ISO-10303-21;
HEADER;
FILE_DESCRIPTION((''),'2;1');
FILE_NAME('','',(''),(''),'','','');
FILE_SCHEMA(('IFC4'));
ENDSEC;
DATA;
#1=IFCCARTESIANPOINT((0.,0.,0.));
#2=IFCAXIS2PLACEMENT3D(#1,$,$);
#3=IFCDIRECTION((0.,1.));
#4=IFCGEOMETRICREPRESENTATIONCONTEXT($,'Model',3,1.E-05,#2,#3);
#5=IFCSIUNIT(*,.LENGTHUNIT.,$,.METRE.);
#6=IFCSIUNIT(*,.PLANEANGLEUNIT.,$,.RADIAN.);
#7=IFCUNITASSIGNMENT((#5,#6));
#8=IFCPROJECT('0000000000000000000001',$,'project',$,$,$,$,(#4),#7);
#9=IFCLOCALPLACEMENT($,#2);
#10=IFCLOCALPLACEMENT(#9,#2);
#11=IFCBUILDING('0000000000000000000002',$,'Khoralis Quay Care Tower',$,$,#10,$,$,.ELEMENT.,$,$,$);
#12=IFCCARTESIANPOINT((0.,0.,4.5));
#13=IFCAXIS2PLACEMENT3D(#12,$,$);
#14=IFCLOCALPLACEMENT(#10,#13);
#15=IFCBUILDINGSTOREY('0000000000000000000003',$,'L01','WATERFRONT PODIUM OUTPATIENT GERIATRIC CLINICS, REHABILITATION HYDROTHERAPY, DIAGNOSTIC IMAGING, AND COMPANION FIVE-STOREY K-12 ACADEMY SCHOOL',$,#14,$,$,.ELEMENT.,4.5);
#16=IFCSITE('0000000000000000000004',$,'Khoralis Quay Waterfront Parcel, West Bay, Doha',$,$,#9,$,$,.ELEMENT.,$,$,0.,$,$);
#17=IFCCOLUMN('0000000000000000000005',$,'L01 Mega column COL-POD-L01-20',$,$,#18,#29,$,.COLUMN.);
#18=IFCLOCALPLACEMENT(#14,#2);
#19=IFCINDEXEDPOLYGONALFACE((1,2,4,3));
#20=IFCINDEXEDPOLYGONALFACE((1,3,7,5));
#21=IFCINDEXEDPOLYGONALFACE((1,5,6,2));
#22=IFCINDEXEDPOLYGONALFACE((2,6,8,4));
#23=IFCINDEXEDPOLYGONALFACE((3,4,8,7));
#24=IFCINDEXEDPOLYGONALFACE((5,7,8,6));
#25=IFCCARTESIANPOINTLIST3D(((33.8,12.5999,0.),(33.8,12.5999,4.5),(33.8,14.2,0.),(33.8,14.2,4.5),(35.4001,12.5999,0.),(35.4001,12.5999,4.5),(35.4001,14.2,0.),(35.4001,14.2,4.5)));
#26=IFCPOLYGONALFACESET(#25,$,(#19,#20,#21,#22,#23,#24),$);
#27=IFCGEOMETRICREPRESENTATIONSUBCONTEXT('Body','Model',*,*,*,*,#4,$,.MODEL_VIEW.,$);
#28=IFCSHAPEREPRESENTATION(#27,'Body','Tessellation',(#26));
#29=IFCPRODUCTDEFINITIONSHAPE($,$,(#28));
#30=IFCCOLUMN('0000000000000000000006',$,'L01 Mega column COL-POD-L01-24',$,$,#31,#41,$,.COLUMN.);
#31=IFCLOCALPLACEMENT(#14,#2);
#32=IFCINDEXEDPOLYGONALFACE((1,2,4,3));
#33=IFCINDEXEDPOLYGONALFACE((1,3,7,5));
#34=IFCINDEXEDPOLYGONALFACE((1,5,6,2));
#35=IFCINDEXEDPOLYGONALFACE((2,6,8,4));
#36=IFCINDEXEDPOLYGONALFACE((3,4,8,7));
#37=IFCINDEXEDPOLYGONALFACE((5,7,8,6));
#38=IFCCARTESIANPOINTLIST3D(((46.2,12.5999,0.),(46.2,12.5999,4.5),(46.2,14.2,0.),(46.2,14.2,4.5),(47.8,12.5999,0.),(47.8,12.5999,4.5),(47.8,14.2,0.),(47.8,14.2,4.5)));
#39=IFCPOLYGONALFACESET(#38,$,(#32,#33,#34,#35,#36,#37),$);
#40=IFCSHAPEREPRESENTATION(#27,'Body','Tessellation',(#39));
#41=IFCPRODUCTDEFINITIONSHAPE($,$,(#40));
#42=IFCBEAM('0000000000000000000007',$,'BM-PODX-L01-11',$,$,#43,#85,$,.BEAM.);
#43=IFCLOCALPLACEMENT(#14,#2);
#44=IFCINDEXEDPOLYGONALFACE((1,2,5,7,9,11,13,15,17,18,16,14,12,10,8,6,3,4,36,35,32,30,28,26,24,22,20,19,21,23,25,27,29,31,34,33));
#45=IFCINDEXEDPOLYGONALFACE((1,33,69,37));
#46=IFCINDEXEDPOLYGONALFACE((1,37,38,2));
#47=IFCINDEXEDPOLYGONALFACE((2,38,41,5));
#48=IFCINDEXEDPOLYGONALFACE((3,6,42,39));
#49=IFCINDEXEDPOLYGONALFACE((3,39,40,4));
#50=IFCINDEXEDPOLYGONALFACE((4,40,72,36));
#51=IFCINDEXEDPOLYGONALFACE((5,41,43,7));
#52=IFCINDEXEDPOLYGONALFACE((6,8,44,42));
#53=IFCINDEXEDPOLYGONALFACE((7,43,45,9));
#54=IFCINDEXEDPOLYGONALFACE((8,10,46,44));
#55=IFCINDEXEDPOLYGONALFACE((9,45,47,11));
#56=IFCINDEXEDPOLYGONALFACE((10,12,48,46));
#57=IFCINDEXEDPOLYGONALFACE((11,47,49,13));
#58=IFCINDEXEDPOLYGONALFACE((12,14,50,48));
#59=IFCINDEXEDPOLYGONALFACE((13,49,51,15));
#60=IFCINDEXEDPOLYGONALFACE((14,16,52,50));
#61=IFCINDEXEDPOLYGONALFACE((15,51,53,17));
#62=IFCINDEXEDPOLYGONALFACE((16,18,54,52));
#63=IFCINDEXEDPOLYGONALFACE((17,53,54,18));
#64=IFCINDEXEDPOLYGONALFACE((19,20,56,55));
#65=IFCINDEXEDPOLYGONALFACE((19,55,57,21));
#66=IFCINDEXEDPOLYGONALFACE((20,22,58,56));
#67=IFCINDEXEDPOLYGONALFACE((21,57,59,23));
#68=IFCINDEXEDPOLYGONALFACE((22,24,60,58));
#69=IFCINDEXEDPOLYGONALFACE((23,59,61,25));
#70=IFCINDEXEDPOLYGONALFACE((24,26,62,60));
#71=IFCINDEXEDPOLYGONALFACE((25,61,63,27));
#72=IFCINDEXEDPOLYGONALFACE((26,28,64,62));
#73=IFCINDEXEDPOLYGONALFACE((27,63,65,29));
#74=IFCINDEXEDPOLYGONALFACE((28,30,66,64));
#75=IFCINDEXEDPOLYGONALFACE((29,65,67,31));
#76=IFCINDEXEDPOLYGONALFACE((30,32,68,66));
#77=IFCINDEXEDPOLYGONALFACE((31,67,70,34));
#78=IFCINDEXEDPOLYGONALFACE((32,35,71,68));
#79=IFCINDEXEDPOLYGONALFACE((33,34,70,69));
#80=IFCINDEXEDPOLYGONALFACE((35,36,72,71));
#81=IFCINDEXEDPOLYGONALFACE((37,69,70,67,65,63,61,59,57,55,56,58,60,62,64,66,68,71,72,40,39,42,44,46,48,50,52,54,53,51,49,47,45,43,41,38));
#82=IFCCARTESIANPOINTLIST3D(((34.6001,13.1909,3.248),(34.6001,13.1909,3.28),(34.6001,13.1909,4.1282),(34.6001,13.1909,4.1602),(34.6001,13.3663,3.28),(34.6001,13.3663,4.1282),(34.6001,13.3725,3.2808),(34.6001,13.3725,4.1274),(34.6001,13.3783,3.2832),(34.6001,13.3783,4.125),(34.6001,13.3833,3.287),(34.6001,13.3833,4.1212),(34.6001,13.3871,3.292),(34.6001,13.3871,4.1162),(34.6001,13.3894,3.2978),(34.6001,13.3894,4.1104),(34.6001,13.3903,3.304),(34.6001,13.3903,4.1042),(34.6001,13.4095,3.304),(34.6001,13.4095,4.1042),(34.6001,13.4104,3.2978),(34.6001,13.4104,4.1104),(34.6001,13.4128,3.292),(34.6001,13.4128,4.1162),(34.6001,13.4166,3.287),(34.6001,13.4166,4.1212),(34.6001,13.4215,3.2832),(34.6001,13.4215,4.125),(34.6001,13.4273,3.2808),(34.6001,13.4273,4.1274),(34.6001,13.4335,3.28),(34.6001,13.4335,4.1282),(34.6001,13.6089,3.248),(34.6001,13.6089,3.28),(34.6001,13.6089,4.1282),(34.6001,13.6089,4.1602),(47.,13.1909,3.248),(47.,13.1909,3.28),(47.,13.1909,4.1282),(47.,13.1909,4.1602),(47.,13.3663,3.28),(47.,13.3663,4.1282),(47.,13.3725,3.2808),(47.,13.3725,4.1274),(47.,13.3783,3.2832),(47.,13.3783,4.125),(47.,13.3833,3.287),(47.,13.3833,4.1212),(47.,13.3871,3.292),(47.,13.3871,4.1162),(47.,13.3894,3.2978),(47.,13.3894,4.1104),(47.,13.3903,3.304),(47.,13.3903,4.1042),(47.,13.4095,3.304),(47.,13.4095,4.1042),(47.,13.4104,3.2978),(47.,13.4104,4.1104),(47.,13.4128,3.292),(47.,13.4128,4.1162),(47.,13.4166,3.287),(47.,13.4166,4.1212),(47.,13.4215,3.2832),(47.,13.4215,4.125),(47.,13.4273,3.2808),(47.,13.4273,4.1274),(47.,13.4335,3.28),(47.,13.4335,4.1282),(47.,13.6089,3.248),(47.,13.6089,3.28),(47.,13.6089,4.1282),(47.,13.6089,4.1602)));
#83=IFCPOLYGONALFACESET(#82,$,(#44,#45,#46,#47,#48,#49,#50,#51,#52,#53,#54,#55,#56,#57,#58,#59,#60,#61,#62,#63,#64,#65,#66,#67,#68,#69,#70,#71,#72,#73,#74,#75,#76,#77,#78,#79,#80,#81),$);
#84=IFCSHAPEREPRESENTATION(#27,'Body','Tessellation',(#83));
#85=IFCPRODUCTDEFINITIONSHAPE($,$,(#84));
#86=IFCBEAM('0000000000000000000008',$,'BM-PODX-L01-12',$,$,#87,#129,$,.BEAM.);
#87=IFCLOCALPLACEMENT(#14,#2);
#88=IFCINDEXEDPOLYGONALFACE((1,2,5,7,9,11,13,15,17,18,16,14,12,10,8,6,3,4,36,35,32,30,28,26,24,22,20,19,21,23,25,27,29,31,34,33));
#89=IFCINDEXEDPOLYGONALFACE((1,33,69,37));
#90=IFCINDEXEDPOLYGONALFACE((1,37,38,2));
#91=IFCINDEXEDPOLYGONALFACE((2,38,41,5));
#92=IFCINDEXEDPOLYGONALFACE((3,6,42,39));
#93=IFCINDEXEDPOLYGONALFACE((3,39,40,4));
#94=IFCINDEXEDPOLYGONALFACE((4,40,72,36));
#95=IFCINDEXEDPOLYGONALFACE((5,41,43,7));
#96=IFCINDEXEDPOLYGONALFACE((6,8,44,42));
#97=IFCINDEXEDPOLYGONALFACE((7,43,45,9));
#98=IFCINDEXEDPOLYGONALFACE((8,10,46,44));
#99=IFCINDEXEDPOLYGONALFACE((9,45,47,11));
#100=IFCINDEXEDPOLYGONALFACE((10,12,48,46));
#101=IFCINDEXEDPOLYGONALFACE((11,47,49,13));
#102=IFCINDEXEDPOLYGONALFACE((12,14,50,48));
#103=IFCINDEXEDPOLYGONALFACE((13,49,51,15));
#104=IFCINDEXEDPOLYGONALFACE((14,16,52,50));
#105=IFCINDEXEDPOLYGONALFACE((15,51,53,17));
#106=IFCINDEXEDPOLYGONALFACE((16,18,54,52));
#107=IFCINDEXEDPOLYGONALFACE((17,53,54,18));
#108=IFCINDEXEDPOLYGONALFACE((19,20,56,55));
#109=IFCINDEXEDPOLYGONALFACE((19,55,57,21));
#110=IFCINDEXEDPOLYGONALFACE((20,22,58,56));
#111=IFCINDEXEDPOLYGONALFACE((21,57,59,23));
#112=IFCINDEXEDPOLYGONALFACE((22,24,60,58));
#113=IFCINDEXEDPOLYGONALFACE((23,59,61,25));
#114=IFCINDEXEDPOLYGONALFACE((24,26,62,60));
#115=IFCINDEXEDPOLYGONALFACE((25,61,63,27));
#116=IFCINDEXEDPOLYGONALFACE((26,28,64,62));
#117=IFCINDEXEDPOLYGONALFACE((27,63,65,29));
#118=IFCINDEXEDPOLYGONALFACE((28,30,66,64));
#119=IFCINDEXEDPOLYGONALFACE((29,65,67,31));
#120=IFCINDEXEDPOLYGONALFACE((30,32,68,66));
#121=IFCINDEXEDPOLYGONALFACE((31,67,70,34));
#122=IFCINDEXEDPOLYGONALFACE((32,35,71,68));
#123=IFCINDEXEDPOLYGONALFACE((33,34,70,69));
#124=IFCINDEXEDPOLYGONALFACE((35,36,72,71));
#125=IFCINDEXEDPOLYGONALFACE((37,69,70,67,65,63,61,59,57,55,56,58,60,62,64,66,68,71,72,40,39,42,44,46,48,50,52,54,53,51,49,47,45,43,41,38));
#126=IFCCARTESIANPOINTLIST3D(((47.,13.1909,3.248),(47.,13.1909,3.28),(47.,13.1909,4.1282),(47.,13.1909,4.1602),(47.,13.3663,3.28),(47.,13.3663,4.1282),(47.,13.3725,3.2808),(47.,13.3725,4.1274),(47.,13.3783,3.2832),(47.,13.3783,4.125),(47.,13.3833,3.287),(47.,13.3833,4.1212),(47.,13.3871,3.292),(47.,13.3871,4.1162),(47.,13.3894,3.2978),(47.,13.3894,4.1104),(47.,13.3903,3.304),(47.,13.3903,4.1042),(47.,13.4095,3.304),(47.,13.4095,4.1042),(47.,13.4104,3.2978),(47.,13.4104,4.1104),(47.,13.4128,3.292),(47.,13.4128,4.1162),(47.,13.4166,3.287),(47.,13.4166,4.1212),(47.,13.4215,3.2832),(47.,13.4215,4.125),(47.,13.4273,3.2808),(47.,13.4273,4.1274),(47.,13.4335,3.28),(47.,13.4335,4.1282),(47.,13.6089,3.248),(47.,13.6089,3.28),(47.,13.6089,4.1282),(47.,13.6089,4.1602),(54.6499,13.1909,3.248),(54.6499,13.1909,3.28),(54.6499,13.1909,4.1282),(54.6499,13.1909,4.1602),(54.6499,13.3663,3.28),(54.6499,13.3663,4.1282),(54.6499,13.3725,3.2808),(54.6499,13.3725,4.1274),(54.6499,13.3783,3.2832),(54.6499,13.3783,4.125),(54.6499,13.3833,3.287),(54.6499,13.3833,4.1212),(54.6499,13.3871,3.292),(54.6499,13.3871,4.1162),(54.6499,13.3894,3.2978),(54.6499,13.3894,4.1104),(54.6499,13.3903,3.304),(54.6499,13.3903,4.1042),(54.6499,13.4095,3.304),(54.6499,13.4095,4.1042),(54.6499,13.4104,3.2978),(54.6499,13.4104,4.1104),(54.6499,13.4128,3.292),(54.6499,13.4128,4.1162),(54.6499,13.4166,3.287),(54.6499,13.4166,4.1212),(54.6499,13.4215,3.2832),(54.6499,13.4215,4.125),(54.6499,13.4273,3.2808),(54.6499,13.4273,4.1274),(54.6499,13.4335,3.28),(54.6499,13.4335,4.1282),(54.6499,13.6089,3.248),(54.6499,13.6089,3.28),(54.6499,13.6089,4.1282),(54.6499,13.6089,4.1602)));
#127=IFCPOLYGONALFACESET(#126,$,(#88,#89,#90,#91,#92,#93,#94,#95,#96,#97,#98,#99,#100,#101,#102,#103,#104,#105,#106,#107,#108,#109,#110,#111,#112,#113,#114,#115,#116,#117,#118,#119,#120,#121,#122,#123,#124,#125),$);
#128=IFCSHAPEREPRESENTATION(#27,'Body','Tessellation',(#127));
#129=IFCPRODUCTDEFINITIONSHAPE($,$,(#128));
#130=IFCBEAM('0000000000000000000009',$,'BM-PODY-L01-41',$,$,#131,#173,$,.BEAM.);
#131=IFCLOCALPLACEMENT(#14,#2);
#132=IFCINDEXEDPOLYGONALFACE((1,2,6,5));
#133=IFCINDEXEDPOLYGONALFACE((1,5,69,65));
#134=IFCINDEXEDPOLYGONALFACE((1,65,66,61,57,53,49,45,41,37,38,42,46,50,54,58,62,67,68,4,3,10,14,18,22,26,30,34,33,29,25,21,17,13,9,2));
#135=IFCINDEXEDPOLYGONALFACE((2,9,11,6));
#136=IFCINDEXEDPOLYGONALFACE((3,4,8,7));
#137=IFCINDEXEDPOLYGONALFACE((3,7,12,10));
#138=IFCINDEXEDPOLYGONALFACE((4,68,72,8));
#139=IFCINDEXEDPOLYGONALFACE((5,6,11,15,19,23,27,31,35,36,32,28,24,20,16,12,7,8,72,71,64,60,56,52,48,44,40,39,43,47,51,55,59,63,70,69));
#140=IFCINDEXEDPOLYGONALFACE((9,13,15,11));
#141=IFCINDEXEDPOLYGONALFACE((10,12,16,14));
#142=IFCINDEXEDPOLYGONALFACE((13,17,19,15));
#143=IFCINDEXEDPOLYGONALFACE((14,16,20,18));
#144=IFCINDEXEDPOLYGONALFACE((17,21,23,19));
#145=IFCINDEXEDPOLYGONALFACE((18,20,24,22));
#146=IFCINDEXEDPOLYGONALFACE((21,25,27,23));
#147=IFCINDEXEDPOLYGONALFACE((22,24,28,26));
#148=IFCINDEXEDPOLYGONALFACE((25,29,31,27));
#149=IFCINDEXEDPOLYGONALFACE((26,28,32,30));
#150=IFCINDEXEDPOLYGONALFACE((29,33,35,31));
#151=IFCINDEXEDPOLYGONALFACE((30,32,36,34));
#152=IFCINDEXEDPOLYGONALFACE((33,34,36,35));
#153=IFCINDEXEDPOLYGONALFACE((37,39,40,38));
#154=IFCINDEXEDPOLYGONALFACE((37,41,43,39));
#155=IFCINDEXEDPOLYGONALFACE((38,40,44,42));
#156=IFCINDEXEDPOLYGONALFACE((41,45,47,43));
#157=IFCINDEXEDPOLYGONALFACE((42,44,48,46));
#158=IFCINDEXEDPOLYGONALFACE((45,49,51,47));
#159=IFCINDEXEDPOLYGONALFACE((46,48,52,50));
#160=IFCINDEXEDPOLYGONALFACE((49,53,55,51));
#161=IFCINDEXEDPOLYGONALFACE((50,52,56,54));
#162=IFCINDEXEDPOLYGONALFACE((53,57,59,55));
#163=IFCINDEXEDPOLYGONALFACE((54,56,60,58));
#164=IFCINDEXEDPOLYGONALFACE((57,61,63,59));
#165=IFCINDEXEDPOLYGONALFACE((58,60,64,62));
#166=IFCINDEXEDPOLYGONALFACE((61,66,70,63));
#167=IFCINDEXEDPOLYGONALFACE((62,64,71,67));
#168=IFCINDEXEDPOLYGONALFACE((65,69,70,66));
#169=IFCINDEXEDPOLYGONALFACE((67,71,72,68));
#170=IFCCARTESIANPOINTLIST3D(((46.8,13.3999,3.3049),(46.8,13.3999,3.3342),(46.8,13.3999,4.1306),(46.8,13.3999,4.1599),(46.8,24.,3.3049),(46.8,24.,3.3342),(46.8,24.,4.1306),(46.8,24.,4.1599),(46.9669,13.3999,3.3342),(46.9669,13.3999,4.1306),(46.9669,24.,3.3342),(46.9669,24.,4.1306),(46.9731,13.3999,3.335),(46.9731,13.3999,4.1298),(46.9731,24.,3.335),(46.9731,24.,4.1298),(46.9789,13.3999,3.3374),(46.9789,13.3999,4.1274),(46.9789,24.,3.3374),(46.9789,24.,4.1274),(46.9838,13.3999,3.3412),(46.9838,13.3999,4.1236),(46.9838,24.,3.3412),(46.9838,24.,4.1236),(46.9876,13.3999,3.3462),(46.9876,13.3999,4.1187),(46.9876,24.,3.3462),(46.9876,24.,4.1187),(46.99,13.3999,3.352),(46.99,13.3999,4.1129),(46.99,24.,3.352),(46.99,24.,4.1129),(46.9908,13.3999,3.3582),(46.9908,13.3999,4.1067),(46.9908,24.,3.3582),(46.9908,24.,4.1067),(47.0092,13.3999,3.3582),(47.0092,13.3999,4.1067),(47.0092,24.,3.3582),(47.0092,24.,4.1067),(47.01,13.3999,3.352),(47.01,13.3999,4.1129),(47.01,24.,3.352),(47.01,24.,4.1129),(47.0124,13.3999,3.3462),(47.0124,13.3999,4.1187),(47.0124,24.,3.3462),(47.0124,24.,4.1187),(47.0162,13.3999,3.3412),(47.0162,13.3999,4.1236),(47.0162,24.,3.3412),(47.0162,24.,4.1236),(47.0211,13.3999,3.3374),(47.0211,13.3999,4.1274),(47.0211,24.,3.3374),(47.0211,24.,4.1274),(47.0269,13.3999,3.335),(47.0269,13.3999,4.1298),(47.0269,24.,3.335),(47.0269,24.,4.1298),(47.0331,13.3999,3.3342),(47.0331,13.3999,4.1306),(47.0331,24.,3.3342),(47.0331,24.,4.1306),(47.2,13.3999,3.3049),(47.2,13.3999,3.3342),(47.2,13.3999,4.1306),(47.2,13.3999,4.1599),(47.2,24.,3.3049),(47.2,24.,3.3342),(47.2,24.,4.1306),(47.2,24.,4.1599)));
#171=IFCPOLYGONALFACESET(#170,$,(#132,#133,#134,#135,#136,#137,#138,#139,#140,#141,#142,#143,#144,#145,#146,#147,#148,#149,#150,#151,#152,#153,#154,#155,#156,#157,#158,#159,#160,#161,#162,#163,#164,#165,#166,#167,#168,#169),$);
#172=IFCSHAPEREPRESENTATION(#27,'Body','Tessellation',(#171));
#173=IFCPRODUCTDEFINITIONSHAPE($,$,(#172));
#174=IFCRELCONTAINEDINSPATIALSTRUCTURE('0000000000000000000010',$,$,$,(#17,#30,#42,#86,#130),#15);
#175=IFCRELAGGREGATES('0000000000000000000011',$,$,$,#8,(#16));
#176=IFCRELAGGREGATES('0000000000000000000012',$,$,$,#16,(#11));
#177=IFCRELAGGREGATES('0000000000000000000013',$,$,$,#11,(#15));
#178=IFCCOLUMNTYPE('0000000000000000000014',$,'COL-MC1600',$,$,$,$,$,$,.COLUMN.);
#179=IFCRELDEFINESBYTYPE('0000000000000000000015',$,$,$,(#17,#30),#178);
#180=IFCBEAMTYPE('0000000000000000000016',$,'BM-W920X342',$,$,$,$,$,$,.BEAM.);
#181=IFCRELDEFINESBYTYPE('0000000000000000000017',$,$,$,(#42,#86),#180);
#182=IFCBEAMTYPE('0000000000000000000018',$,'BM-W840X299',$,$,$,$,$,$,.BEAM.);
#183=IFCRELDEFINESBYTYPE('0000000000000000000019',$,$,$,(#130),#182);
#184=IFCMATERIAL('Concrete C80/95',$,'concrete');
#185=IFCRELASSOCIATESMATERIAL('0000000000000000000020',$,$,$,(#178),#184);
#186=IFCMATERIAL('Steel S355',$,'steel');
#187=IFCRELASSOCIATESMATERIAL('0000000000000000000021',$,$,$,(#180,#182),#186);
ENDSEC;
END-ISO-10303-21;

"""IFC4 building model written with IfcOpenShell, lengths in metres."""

from ifc_helpers import new_model, si_unit, direction, frame, origin, origin_2d, place, context, subcontext, project, spatial, rectangle, i_section, extrude, source, transform, mapped, material, material_profile, profile_set, type_object, element, save


model = new_model("IFC4")

# Units and contexts
model_context = context("Model", 3, precision=1e-05, world=origin(), true_north=direction((0.0, 1.0)))
body_context = subcontext(model_context, "Body", "Model", "MODEL_VIEW")
ifc_project = project(units=[si_unit("LENGTHUNIT", "METRE"), si_unit("PLANEANGLEUNIT", "RADIAN")], contexts=[model_context])

# Site, building, storey
site_placement = place(None, origin())
site = spatial("IfcSite", under=ifc_project, at=site_placement, Name="Khoralis Quay Waterfront Parcel, West Bay, Doha", CompositionType="ELEMENT", RefElevation=0.0)
building_placement = place(site_placement, origin())
building = spatial("IfcBuilding", under=site, at=building_placement, Name="Khoralis Quay Care Tower", CompositionType="ELEMENT")
storey_placement = place(building_placement, frame((0.0, 0.0, 4.5)))
storey = spatial("IfcBuildingStorey", under=building, at=storey_placement, Name="L01", Description="WATERFRONT PODIUM OUTPATIENT GERIATRIC CLINICS, REHABILITATION HYDROTHERAPY, DIAGNOSTIC IMAGING, AND COMPANION FIVE-STOREY K-12 ACADEMY SCHOOL", CompositionType="ELEMENT", Elevation=4.5)

# Columns
ifc_material_1 = material(Name="Concrete C80/95", Category="concrete")
ifc_material_profile_1 = material_profile(ifc_material_1, rectangle(XDim=1.6001, YDim=1.6001, at=origin_2d()), Name="Concrete C80/95")
ifc_profile_set_1 = profile_set([ifc_material_profile_1], Name="Concrete C80/95")
column_type = type_object("IfcColumnType", Name="COL-MC1600", PredefinedType="COLUMN", material=ifc_profile_set_1)
shared_shape_1 = source(origin(), body_context, "Body", "SweptSolid", [
    extrude(rectangle(XDim=1.6001, YDim=1.6001, at=origin_2d()), origin(), (0.0, 0.0, 1.0), 4.5),
])
for number, where, z_axis, x_axis, name in (
    (1, (34.6001, 13.3999, 0.0), (0.0, 0.0, 1.0), (1.0, 0.0, 0.0), "L01 Mega column COL-POD-L01-20"),
    (2, (47.0, 13.3999, 0.0), (0.0, 0.0, 1.0), (1.0, 0.0, 0.0), "L01 Mega column COL-POD-L01-24"),
):
    element("IfcColumn", number, at=place(storey_placement, frame(where, z_axis=z_axis, x_axis=x_axis)), inside=storey, type_object=column_type, Name=name, PredefinedType="COLUMN", context=body_context, shape_type="MappedRepresentation", body=[
        mapped(shared_shape_1, transform((0.0, 0.0, 0.0), scale=1.0)),
    ])

# Beams
ifc_material_2 = material(Name="Steel S355", Category="steel")
ifc_material_profile_2 = material_profile(ifc_material_2, i_section(OverallWidth=0.418, OverallDepth=0.9121, WebThickness=0.0193, FlangeThickness=0.032, FilletRadius=0.0239, at=origin_2d()), Name="Steel S355")
ifc_profile_set_2 = profile_set([ifc_material_profile_2], Name="Steel S355")
beam_type_1 = type_object("IfcBeamType", Name="BM-W920X342", PredefinedType="BEAM", material=ifc_profile_set_2)
shared_shape_2 = source(origin(), body_context, "Body", "SweptSolid", [
    extrude(i_section(OverallWidth=0.418, OverallDepth=0.9121, WebThickness=0.0193, FlangeThickness=0.032, FilletRadius=0.0239, at=origin_2d()), origin(), (0.0, 0.0, 1.0), 12.3999),
])
beam_1_placement = place(storey_placement, frame((34.6001, 13.3999, 3.7041), z_axis=(1.0, 0.0, 0.0), x_axis=(0.0, 1.0, 0.0)))
element("IfcBeam", 3, at=beam_1_placement, inside=storey, type_object=beam_type_1, Name="BM-PODX-L01-11", PredefinedType="BEAM", context=body_context, shape_type="MappedRepresentation", body=[
    mapped(shared_shape_2, transform((0.0, 0.0, 0.0), scale=1.0)),
])
shared_shape_3 = source(origin(), body_context, "Body", "SweptSolid", [
    extrude(i_section(OverallWidth=0.418, OverallDepth=0.9121, WebThickness=0.0193, FlangeThickness=0.032, FilletRadius=0.0239, at=origin_2d()), origin(), (0.0, 0.0, 1.0), 7.6499),
])
beam_2_placement = place(storey_placement, frame((47.0, 13.3999, 3.7041), z_axis=(1.0, 0.0, 0.0), x_axis=(0.0, 1.0, 0.0)))
element("IfcBeam", 4, at=beam_2_placement, inside=storey, type_object=beam_type_1, Name="BM-PODX-L01-12", PredefinedType="BEAM", context=body_context, shape_type="MappedRepresentation", body=[
    mapped(shared_shape_3, transform((0.0, 0.0, 0.0), scale=1.0)),
])
ifc_material_profile_3 = material_profile(ifc_material_2, i_section(OverallWidth=0.3999, OverallDepth=0.855, WebThickness=0.0183, FlangeThickness=0.0293, FilletRadius=0.0239, at=origin_2d()), Name="Steel S355")
ifc_profile_set_3 = profile_set([ifc_material_profile_3], Name="Steel S355")
beam_type_2 = type_object("IfcBeamType", Name="BM-W840X299", PredefinedType="BEAM", material=ifc_profile_set_3)
shared_shape_4 = source(origin(), body_context, "Body", "SweptSolid", [
    extrude(i_section(OverallWidth=0.3999, OverallDepth=0.855, WebThickness=0.0183, FlangeThickness=0.0293, FilletRadius=0.0239, at=origin_2d()), origin(), (0.0, 0.0, 1.0), 10.6001),
])
beam_3_placement = place(storey_placement, frame((47.0, 13.3999, 3.7324), z_axis=(0.0, 1.0, 0.0), x_axis=(-1.0, 0.0, 0.0)))
element("IfcBeam", 5, at=beam_3_placement, inside=storey, type_object=beam_type_2, Name="BM-PODY-L01-41", PredefinedType="BEAM", context=body_context, shape_type="MappedRepresentation", body=[
    mapped(shared_shape_4, transform((0.0, 0.0, 0.0), scale=1.0)),
])

save(model, "model.ifc")
